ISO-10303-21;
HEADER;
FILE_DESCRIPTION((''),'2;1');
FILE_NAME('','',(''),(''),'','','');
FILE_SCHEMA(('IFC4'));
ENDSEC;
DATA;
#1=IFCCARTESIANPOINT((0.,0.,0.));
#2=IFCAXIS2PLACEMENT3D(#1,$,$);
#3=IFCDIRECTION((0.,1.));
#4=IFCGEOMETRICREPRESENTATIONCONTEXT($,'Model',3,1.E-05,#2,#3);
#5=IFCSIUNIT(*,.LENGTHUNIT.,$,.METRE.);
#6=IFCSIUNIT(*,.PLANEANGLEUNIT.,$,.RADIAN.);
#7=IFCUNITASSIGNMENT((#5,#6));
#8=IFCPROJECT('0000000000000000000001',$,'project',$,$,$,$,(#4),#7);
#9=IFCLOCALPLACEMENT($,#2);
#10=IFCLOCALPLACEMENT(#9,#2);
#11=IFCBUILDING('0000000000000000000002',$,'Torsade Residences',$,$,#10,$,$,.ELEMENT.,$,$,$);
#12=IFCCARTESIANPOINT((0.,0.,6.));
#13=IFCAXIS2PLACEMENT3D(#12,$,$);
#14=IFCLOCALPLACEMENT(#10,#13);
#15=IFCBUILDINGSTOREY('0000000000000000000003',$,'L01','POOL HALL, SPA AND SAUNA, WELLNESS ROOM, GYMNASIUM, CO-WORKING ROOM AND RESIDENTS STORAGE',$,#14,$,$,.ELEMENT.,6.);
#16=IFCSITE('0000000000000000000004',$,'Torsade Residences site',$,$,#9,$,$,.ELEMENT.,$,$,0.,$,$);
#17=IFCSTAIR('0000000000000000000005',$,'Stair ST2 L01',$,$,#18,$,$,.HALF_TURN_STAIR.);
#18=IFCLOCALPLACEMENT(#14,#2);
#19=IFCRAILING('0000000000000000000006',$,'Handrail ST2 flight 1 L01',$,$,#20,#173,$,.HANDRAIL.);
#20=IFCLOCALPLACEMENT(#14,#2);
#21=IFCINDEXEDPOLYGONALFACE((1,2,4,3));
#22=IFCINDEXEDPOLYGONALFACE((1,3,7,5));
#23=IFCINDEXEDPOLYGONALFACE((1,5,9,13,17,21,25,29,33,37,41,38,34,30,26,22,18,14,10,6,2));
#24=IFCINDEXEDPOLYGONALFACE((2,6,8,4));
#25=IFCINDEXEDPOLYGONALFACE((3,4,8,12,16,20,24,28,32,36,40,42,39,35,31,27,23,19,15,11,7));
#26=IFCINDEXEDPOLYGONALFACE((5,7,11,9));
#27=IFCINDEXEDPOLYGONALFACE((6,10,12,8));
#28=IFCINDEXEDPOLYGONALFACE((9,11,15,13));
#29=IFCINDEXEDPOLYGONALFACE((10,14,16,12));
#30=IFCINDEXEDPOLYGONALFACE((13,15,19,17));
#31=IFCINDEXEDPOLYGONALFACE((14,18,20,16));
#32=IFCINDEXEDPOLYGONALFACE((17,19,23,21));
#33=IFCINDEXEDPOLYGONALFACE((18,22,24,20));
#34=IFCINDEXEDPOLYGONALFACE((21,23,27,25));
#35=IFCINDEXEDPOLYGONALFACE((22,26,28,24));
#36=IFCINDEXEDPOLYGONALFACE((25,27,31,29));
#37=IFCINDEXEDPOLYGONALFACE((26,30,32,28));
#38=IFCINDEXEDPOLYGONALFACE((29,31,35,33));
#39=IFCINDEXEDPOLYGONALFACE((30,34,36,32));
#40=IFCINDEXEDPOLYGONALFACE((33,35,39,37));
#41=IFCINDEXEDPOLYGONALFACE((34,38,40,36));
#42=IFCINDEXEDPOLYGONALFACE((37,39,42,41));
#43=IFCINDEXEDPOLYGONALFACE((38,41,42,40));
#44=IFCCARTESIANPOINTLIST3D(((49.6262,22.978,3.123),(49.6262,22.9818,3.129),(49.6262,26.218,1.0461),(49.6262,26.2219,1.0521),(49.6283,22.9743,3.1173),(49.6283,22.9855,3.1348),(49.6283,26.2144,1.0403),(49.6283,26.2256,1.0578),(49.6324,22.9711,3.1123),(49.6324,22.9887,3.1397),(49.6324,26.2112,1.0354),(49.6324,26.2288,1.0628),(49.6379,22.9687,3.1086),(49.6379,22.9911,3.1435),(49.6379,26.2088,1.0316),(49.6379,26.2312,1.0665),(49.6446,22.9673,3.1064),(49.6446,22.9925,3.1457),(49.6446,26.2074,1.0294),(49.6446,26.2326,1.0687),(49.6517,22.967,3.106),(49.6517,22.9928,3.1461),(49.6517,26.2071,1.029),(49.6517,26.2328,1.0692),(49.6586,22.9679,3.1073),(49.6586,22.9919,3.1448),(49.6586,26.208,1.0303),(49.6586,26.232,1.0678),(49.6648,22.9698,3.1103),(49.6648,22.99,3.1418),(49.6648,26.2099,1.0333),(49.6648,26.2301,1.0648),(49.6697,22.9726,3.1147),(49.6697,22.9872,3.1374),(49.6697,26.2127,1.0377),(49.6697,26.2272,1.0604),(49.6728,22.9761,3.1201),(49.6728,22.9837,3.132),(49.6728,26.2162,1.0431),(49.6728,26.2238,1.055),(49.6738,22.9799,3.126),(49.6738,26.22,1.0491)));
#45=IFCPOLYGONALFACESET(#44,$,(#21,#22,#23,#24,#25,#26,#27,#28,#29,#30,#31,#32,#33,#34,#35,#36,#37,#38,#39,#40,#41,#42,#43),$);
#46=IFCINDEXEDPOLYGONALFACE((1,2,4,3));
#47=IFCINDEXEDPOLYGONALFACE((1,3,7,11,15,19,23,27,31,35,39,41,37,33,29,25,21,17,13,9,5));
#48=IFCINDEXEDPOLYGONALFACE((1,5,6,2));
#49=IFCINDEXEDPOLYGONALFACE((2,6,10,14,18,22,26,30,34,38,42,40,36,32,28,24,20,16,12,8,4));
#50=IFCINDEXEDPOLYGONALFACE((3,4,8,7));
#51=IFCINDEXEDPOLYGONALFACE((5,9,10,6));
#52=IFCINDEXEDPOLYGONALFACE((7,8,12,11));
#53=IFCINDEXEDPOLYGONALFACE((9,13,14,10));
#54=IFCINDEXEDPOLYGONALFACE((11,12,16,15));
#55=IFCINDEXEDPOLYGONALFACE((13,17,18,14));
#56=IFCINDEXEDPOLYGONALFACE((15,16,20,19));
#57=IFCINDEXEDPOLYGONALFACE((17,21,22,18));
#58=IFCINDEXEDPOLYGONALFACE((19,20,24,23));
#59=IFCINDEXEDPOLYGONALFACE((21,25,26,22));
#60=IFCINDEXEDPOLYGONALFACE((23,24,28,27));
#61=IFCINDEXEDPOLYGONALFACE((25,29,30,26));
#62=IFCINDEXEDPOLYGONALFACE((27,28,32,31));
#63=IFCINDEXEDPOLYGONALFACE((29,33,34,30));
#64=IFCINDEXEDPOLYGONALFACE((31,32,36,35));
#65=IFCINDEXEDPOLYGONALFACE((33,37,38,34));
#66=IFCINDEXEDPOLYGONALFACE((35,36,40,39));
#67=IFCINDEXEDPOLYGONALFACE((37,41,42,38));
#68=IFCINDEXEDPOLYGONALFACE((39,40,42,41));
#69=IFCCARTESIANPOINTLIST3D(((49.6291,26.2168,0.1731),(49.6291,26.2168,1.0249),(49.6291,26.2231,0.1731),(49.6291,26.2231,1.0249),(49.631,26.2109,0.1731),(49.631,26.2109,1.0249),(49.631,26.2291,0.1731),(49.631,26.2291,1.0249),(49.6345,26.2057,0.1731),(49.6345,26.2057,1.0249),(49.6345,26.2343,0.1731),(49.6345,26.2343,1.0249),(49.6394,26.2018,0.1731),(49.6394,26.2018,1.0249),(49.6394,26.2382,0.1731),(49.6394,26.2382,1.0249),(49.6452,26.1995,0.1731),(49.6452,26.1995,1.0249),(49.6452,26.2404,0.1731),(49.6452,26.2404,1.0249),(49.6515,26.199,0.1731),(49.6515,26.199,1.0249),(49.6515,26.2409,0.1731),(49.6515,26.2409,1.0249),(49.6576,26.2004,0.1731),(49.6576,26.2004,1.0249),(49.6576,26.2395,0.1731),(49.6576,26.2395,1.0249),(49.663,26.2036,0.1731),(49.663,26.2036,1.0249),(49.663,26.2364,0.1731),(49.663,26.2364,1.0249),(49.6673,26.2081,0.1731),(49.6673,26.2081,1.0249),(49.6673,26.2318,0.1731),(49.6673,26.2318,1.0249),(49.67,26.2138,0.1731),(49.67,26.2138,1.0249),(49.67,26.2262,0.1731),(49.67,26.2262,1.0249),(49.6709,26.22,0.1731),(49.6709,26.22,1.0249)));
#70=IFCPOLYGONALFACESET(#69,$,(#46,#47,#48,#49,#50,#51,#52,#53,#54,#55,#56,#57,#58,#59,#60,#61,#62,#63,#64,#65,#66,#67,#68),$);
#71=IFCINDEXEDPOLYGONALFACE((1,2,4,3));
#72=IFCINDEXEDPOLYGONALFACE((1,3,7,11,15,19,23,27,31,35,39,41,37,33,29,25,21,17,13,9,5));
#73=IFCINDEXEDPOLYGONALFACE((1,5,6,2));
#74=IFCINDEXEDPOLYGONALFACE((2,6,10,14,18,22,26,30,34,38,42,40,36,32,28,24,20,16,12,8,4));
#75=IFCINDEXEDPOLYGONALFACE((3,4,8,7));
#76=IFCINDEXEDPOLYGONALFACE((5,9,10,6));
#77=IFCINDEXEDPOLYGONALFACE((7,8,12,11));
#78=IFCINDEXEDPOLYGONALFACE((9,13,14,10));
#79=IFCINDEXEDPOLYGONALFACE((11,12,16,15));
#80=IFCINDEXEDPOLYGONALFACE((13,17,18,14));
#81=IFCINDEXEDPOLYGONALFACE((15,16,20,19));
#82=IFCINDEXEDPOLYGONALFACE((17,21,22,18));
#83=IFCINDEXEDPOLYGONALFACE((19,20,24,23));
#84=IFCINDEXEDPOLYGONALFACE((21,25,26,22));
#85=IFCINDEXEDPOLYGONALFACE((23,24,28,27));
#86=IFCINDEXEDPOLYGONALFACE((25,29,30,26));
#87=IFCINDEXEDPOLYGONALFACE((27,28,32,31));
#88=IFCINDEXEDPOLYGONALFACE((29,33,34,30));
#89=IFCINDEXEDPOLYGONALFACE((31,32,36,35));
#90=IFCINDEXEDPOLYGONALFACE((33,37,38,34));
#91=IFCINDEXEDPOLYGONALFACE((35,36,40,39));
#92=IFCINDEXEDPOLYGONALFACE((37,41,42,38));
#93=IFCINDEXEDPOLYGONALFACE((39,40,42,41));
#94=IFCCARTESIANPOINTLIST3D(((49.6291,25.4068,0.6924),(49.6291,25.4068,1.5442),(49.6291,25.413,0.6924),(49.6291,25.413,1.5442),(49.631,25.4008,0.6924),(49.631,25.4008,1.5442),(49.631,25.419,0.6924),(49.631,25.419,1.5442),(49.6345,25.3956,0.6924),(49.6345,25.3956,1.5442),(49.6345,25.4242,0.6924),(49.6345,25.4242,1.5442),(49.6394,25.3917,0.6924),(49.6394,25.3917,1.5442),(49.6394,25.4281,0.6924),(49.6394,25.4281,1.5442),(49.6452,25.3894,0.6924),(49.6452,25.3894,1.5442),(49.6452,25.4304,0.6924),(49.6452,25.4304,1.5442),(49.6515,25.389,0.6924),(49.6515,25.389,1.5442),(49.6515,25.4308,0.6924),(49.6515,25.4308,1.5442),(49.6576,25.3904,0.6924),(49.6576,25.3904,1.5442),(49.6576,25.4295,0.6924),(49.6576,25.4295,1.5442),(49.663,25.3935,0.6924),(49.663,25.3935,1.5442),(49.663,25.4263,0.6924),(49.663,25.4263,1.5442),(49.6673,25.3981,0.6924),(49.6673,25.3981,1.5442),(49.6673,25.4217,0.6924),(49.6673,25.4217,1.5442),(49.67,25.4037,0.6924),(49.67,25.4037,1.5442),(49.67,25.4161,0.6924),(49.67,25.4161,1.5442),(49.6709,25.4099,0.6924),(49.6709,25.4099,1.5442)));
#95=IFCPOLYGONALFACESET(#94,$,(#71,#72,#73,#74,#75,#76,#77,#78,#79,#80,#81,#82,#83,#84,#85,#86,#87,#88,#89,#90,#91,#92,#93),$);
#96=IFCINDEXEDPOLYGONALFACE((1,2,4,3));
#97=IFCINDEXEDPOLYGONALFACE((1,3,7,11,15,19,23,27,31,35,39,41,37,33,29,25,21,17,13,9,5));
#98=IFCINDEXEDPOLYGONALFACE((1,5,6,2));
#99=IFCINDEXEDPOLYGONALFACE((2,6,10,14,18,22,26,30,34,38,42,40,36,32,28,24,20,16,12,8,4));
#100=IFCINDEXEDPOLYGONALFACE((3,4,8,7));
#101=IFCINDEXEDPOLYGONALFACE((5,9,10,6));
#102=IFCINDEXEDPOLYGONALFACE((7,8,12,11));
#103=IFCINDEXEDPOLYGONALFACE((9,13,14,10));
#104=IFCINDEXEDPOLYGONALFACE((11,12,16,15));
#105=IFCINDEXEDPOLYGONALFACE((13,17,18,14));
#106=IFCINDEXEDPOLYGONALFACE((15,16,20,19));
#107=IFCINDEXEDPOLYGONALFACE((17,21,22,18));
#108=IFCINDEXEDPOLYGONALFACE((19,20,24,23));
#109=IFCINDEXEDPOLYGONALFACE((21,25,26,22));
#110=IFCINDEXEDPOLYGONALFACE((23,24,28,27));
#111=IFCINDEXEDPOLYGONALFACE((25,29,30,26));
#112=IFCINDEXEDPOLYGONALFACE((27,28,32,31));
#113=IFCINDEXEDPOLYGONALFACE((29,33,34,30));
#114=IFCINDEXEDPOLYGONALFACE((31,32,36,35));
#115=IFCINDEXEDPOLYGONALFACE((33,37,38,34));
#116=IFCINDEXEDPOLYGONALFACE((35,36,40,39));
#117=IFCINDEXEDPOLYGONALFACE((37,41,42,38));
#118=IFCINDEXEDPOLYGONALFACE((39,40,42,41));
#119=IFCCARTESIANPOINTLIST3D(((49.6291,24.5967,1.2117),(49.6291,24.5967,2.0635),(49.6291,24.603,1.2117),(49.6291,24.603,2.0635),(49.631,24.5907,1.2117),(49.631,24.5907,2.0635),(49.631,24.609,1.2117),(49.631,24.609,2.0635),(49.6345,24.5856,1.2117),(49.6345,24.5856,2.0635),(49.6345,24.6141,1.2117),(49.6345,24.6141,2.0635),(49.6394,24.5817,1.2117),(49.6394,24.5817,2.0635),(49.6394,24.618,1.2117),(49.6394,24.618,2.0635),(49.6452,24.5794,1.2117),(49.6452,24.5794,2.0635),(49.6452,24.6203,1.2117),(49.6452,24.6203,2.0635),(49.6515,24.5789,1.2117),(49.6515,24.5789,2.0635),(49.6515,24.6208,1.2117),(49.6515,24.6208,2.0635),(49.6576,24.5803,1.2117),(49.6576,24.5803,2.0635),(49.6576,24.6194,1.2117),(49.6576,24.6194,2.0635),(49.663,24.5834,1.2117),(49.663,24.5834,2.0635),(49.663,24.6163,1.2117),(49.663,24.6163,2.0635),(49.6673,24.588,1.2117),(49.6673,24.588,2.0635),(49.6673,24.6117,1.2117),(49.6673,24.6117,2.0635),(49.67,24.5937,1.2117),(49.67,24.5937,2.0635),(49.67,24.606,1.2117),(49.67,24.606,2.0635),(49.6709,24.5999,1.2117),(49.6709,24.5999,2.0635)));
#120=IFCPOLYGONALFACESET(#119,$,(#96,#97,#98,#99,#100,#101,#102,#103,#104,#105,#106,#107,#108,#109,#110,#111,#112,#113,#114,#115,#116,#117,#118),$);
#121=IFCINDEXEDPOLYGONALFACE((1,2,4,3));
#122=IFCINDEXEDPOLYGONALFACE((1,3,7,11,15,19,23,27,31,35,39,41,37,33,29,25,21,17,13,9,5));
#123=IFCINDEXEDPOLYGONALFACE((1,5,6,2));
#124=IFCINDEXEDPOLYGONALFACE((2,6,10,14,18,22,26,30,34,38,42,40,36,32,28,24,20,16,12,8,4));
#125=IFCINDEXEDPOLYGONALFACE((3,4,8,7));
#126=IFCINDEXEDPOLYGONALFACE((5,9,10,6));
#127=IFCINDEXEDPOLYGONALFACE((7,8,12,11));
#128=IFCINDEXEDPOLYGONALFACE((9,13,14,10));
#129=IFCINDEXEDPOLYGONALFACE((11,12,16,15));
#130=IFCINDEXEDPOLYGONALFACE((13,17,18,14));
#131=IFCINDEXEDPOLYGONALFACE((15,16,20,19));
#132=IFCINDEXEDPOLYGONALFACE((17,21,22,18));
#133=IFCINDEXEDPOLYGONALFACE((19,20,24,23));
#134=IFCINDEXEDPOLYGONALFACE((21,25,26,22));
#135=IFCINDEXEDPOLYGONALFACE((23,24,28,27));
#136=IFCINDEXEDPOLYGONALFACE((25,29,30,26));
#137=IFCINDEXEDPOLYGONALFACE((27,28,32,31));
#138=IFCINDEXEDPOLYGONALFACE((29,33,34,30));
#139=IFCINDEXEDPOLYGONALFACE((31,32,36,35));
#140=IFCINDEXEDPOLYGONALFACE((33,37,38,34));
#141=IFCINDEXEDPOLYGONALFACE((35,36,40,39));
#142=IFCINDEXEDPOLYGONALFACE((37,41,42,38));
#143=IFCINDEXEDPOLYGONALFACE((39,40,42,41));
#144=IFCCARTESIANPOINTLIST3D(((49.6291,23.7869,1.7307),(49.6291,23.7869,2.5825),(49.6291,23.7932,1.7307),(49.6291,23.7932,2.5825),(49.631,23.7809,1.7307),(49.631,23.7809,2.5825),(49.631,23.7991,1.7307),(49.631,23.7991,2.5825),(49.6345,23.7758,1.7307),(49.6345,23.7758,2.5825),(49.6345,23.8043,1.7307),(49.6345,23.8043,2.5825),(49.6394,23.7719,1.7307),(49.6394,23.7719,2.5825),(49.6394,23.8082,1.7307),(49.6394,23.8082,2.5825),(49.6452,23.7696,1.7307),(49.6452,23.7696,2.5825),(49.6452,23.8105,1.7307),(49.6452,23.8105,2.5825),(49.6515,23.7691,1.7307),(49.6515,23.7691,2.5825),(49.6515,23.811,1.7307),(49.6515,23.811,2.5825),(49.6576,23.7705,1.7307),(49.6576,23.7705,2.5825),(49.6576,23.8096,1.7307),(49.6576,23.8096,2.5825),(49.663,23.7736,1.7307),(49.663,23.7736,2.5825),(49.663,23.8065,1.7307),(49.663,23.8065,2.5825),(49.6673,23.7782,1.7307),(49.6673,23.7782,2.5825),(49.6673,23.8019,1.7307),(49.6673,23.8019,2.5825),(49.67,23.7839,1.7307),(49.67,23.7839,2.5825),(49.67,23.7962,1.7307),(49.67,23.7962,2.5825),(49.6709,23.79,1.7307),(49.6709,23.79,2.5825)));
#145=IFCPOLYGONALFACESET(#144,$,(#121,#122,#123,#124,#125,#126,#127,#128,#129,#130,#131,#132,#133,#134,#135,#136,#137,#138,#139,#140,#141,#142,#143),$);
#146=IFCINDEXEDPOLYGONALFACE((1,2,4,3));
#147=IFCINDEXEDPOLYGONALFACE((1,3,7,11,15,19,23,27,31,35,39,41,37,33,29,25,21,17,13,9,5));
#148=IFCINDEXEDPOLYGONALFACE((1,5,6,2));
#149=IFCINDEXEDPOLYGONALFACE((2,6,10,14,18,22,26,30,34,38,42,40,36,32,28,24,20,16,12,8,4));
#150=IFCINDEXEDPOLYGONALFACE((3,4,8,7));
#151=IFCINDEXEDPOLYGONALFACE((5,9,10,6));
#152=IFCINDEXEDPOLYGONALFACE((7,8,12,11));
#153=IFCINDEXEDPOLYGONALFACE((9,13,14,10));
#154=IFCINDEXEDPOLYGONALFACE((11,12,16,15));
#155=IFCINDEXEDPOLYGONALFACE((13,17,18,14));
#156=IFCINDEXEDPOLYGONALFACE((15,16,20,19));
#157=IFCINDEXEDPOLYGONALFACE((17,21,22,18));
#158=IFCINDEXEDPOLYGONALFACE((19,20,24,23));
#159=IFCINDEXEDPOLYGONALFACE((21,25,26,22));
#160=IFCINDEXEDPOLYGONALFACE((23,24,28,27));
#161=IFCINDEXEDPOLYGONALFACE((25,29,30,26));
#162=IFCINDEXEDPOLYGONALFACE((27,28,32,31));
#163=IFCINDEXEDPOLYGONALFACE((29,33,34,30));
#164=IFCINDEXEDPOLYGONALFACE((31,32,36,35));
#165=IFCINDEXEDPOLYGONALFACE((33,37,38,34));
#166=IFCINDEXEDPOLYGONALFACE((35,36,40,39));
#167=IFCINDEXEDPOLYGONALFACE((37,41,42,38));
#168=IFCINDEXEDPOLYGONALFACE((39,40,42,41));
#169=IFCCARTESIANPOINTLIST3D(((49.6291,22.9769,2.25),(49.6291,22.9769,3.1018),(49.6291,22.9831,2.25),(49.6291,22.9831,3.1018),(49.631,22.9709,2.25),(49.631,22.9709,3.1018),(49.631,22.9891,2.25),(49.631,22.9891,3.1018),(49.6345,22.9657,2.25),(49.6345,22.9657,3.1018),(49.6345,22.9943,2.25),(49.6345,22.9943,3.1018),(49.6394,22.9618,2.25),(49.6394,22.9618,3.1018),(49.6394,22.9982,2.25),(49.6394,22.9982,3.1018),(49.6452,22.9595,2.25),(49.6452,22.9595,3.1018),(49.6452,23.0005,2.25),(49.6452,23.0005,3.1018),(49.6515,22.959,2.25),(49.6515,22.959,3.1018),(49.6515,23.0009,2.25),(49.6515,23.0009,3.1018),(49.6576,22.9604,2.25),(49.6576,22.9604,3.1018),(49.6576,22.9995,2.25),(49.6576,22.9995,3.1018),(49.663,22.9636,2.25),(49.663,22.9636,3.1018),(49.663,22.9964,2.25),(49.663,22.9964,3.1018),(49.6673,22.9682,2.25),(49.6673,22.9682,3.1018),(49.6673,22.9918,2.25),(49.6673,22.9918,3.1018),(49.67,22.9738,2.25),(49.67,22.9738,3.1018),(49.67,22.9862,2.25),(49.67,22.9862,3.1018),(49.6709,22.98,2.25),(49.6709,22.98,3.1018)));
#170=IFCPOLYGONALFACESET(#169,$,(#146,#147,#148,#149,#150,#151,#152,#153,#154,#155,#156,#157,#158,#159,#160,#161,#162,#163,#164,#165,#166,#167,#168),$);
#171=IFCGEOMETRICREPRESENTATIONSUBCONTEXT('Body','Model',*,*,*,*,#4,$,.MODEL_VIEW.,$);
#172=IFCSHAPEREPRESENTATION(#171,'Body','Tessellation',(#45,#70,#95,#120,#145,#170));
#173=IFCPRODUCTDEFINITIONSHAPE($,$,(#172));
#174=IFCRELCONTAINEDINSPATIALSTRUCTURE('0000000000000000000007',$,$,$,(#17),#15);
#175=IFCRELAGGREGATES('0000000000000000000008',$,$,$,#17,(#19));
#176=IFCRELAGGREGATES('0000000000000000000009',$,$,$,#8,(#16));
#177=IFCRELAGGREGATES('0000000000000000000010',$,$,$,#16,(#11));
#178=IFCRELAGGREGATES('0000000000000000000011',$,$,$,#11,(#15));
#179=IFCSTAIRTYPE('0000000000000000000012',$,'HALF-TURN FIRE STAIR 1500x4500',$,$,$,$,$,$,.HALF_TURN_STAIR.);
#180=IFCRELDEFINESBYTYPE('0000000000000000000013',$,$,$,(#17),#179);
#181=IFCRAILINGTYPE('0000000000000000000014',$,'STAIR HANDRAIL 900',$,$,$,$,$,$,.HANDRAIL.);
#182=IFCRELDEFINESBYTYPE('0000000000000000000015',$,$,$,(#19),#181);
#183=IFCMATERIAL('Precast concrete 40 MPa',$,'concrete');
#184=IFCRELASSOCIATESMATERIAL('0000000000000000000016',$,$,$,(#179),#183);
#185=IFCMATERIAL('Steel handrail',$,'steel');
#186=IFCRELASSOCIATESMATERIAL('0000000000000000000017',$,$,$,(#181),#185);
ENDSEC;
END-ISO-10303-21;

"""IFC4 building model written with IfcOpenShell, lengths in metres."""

from ifc_helpers import new_model, si_unit, direction, frame, origin, origin_2d, place, context, subcontext, project, spatial, circle, extrude, material, type_object, element, aggregate, save


model = new_model("IFC4")

# Units and contexts
model_context = context("Model", 3, precision=1e-05, world=origin(), true_north=direction((0.0, 1.0)))
body_context = subcontext(model_context, "Body", "Model", "MODEL_VIEW")
ifc_project = project(units=[si_unit("LENGTHUNIT", "METRE"), si_unit("PLANEANGLEUNIT", "RADIAN")], contexts=[model_context])

# Site, building, storey
site_placement = place(None, origin())
site = spatial("IfcSite", under=ifc_project, at=site_placement, Name="Torsade Residences site", CompositionType="ELEMENT", RefElevation=0.0)
building_placement = place(site_placement, origin())
building = spatial("IfcBuilding", under=site, at=building_placement, Name="Torsade Residences", CompositionType="ELEMENT")
storey_placement = place(building_placement, frame((0.0, 0.0, 6.0)))
storey = spatial("IfcBuildingStorey", under=building, at=storey_placement, Name="L01", Description="POOL HALL, SPA AND SAUNA, WELLNESS ROOM, GYMNASIUM, CO-WORKING ROOM AND RESIDENTS STORAGE", CompositionType="ELEMENT", Elevation=6.0)

# Stair, railing
ifc_material_1 = material(Name="Precast concrete 40 MPa", Category="concrete")
stair_type = type_object("IfcStairType", Name="HALF-TURN FIRE STAIR 1500x4500", PredefinedType="HALF_TURN_STAIR", material=ifc_material_1)
stair_placement = place(storey_placement, origin())
stair = element("IfcStair", 1, at=stair_placement, inside=storey, type_object=stair_type, Name="Stair ST2 L01", PredefinedType="HALF_TURN_STAIR")
ifc_material_2 = material(Name="Steel handrail", Category="steel")
railing_type = type_object("IfcRailingType", Name="STAIR HANDRAIL 900", PredefinedType="HANDRAIL", material=ifc_material_2)
railing_1_placement = place(storey_placement, frame((49.6499, 26.22, 0.1731)))
railing_1 = element("IfcRailing", 2, at=railing_1_placement, type_object=railing_type, Name="Handrail ST2 flight 1 L01", PredefinedType="HANDRAIL", context=body_context, shape_type="SweptSolid", body=[
    extrude(circle(Radius=0.0239, at=origin_2d()), frame((0.0, 0.0, 0.876), z_axis=(0.0, -0.841881, 0.539664), x_axis=(1.0, 0.0, 0.0)), (0.0, 0.0, 1.0), 3.8486),
    extrude(circle(Radius=0.021, at=origin_2d()), origin(), (0.0, 0.0, 1.0), 0.8518),
    extrude(circle(Radius=0.021, at=origin_2d()), frame((0.0, -0.8101, 0.5193)), (0.0, 0.0, 1.0), 0.8518),
    extrude(circle(Radius=0.021, at=origin_2d()), frame((0.0, -1.6201, 1.0386)), (0.0, 0.0, 1.0), 0.8518),
    extrude(circle(Radius=0.021, at=origin_2d()), frame((0.0, -2.4299, 1.5576)), (0.0, 0.0, 1.0), 0.8518),
    extrude(circle(Radius=0.021, at=origin_2d()), frame((0.0, -3.24, 2.0769)), (0.0, 0.0, 1.0), 0.8518),
])
aggregate(stair, [railing_1])

save(model, "model.ifc")
